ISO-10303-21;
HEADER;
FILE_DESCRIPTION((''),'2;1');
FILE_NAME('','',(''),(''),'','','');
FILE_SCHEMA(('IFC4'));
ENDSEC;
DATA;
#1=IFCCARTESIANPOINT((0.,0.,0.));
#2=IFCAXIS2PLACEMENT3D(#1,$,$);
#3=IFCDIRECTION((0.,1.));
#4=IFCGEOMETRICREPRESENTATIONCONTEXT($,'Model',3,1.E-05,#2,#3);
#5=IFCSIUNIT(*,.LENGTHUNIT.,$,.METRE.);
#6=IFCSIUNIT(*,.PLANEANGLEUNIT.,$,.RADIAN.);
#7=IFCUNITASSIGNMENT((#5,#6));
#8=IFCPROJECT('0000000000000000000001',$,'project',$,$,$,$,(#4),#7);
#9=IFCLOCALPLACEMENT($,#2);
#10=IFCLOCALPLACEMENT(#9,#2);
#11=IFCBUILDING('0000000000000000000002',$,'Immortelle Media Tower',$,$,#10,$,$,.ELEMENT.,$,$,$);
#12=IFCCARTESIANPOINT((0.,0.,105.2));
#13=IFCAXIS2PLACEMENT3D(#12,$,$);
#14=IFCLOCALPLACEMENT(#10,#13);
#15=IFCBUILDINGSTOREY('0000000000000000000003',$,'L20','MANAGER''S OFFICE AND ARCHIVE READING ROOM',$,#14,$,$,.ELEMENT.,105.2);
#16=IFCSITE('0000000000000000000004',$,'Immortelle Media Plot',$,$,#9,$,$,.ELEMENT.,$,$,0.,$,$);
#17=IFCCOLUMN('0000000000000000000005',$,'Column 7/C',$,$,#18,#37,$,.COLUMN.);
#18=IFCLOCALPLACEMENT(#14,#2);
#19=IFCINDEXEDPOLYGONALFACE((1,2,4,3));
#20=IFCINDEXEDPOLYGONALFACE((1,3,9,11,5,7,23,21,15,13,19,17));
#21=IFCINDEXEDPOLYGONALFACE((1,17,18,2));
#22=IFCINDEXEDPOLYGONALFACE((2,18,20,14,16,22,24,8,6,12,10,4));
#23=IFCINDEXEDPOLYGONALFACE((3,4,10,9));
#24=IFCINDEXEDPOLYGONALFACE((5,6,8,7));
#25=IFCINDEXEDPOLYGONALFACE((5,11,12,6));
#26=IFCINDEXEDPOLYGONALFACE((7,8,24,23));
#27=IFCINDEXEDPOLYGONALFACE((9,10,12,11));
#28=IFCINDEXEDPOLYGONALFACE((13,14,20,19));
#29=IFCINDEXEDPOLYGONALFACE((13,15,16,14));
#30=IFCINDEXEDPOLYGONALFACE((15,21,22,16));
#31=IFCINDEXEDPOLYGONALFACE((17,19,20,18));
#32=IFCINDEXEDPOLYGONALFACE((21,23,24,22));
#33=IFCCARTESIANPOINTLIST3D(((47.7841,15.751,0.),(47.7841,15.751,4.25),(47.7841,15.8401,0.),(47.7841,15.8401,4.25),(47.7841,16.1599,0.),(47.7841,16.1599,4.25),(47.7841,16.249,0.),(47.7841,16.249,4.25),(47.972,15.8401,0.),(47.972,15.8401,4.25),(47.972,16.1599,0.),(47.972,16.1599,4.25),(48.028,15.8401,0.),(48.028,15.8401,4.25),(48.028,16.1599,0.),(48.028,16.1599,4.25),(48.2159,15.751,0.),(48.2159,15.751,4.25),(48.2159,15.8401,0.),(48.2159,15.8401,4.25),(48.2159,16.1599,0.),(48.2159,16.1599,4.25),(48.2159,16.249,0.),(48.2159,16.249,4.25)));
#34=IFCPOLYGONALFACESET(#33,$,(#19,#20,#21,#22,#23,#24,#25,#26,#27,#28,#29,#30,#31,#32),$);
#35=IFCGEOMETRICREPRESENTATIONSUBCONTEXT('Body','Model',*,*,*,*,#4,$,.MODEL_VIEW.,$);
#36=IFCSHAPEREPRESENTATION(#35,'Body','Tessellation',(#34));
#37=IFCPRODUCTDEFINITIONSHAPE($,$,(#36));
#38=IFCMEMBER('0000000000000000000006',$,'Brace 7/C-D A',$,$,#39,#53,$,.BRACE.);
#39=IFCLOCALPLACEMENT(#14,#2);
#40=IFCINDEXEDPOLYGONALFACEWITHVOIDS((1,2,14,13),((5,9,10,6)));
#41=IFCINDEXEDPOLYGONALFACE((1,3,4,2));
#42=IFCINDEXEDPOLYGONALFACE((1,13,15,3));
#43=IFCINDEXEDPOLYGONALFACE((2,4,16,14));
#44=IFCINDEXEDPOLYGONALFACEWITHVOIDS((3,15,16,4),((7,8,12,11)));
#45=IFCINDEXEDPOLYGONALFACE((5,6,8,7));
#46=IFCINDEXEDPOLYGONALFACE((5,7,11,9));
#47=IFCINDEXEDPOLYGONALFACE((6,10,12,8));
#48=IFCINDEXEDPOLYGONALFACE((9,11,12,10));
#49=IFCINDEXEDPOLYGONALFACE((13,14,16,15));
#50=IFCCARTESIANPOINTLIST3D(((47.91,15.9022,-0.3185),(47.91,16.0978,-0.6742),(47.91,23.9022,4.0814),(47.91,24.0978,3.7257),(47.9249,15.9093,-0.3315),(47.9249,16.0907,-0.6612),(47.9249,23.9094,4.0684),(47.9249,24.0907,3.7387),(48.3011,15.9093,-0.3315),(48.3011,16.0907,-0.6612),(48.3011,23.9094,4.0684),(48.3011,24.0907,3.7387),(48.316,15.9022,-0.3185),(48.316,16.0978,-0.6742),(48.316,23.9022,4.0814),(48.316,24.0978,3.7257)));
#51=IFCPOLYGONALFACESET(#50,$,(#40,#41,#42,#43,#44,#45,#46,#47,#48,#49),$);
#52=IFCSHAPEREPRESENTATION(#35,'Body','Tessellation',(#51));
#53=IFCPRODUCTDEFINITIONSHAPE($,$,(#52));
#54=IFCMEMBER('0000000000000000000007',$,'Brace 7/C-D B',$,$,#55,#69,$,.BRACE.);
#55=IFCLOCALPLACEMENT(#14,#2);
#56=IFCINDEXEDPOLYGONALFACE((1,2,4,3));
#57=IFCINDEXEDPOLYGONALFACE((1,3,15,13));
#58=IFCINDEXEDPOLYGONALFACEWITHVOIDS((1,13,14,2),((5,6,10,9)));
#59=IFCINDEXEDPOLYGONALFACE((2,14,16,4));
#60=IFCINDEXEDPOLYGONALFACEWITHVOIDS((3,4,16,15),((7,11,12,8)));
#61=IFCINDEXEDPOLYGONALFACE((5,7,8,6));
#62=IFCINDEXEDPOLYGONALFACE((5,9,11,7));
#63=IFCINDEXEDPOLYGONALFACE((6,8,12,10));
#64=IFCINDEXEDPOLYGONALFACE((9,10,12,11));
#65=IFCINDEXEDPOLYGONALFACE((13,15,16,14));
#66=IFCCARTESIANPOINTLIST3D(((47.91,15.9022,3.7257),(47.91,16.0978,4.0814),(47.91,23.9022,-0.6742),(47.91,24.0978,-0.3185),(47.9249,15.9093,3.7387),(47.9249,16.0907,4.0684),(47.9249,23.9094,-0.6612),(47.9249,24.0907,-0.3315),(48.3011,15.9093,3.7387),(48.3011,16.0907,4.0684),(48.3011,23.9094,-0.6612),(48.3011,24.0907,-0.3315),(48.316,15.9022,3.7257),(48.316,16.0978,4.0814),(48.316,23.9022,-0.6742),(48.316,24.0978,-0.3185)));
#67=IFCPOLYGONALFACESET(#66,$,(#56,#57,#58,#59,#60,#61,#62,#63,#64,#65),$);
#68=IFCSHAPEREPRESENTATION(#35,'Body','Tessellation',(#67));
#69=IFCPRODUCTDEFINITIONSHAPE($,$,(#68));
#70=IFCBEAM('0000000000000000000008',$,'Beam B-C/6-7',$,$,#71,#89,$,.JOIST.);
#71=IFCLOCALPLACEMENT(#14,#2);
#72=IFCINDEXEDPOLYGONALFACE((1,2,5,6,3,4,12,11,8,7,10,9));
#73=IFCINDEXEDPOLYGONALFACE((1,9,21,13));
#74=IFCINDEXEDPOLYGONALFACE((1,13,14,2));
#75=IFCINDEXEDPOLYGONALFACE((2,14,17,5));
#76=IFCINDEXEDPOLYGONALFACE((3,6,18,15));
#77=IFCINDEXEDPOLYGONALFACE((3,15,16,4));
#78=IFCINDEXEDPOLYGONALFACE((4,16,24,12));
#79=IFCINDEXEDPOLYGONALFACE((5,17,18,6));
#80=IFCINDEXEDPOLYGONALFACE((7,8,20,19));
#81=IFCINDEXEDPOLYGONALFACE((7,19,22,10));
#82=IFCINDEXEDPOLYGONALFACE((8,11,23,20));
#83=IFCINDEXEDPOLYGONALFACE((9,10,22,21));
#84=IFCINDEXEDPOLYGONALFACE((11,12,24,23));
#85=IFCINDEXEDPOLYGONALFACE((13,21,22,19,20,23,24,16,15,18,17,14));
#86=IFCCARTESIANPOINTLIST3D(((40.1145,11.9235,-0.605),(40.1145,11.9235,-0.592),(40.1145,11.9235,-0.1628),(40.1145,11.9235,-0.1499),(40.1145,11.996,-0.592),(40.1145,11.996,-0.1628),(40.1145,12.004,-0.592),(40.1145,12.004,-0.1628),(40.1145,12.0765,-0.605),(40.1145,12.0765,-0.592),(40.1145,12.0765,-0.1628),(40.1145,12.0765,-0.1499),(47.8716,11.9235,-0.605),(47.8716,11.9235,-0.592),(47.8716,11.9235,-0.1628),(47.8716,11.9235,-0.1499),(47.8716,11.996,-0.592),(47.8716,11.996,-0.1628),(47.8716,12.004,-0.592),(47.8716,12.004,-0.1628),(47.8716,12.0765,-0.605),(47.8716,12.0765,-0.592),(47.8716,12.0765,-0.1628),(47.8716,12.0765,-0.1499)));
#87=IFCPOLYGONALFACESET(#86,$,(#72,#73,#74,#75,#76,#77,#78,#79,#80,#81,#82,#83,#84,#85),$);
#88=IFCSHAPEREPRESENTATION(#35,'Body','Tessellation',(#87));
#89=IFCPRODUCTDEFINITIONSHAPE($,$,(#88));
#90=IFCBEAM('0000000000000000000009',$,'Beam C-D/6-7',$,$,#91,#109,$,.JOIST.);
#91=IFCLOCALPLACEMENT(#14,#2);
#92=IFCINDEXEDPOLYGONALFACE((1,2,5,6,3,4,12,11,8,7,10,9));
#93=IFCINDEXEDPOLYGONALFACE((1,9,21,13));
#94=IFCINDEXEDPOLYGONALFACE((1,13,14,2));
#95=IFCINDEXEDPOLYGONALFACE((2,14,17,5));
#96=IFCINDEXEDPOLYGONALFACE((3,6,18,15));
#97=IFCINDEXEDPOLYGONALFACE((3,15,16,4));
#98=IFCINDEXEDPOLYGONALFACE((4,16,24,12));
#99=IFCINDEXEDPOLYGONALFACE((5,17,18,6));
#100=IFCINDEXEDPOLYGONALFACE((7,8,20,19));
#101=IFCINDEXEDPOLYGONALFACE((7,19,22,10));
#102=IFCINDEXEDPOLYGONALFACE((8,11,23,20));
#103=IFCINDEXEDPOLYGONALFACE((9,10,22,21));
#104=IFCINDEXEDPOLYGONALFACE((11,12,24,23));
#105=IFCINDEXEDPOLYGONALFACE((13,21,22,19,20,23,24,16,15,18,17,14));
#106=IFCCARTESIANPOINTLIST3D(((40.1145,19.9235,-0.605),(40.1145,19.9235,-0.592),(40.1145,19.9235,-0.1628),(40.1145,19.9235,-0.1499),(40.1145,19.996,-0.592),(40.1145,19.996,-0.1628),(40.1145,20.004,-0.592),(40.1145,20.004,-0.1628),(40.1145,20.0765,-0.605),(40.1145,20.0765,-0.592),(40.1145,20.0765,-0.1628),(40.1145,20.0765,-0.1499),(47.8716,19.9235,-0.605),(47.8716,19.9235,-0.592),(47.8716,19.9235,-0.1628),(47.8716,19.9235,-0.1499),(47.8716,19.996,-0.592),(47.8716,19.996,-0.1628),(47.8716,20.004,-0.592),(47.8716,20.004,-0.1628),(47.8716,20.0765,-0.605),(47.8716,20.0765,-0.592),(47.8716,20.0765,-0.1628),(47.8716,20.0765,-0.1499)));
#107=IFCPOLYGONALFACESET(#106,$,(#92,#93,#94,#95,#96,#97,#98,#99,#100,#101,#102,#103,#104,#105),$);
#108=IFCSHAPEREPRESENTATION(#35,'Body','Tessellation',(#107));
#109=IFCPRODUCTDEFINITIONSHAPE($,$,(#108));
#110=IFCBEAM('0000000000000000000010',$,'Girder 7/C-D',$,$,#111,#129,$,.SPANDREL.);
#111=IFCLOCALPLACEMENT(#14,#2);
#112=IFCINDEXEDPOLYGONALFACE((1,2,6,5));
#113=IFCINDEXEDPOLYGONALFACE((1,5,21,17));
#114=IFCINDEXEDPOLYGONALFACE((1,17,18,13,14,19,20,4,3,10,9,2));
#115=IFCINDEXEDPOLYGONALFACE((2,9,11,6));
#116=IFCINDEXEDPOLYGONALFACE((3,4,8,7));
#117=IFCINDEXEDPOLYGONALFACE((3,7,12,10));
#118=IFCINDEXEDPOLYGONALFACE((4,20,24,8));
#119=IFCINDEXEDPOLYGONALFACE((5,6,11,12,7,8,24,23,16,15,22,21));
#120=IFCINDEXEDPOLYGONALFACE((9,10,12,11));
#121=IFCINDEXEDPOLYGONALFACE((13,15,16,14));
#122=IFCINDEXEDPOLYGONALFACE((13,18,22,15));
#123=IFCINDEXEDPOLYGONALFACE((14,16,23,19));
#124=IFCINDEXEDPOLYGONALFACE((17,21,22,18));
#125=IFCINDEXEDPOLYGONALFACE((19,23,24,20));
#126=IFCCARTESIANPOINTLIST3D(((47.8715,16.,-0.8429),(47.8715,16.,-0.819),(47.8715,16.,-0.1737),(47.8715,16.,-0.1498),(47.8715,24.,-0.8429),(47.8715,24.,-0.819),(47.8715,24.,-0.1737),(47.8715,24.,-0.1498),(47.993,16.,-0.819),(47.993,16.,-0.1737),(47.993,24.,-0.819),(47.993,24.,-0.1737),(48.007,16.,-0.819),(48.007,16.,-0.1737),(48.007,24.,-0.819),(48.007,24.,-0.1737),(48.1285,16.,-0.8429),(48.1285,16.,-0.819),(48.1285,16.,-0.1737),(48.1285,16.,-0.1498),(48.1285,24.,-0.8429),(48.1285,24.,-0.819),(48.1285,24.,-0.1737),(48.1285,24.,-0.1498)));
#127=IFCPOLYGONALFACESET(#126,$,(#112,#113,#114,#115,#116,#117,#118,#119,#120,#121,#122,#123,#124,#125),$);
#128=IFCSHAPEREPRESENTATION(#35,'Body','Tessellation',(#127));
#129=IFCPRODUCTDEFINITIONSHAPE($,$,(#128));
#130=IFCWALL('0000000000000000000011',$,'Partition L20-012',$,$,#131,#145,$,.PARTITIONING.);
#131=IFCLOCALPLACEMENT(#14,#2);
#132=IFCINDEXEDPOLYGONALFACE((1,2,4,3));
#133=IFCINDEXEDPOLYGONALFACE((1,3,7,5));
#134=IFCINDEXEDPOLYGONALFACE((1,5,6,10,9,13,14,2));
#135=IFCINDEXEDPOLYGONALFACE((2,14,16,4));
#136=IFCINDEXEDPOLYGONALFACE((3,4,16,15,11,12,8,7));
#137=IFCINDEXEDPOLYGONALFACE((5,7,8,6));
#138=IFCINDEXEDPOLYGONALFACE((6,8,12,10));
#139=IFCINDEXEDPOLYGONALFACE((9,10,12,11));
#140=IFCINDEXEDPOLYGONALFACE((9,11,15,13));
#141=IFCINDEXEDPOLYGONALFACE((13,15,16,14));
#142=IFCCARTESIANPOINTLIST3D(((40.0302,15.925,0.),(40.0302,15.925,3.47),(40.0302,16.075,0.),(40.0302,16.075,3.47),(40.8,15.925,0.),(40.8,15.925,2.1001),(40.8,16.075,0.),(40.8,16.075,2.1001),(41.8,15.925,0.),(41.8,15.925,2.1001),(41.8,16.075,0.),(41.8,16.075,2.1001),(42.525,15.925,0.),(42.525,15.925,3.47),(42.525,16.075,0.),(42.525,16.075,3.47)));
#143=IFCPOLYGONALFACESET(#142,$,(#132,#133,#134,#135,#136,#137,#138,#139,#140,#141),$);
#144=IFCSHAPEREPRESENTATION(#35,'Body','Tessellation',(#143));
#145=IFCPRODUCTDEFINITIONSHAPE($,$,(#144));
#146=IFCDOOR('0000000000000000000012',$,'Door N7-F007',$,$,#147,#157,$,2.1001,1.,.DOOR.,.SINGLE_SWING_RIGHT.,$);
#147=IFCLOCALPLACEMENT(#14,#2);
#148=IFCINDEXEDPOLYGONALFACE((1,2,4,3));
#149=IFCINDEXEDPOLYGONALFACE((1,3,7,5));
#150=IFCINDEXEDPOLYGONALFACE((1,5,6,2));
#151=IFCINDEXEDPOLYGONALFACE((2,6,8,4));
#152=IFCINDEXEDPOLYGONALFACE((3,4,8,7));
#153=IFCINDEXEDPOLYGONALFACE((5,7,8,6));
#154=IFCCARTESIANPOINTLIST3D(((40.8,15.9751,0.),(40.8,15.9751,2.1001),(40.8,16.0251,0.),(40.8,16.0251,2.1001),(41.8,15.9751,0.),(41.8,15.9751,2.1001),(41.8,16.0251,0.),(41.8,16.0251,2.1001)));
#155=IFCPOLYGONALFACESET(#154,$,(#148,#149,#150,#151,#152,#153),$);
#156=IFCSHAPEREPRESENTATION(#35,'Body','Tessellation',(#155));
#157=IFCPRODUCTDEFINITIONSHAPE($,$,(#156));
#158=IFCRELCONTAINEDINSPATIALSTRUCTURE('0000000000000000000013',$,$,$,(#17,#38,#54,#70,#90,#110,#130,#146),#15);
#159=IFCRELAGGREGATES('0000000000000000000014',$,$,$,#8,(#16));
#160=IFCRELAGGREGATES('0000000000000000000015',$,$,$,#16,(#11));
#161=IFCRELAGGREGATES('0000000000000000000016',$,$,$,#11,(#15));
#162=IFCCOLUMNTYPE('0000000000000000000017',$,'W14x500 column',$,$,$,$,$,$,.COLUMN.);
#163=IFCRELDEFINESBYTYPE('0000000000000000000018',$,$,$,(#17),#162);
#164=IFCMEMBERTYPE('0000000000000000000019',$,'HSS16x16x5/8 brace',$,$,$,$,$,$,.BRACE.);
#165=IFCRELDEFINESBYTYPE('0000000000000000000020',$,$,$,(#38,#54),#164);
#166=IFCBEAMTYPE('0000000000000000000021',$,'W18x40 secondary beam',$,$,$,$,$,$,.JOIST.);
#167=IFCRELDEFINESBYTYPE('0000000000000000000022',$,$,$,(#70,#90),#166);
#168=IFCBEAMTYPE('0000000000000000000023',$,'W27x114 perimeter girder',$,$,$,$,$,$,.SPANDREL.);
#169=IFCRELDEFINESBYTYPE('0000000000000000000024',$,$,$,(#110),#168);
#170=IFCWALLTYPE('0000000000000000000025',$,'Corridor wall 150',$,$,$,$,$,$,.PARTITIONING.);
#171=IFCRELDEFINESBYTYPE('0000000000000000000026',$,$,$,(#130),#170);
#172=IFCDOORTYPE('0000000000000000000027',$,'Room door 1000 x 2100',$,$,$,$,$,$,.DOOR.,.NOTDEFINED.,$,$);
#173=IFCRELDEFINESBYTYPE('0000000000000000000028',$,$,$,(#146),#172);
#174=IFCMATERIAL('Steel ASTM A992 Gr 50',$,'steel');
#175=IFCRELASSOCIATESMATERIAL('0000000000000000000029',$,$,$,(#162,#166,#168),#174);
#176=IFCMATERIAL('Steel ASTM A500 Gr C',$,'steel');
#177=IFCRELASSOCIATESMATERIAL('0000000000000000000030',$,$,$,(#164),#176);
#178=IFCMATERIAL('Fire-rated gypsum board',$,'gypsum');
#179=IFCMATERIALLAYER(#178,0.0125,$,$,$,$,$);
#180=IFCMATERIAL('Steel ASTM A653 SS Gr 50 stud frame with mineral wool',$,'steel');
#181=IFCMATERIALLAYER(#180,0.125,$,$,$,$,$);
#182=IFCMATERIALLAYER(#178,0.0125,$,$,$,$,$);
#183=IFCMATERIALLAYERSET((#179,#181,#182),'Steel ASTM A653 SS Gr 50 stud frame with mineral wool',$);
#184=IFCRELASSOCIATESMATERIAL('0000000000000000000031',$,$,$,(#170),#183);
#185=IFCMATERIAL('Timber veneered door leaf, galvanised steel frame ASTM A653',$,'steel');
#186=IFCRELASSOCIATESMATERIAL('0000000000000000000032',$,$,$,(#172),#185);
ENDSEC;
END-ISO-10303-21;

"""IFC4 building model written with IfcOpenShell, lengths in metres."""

from ifc_helpers import new_model, si_unit, direction, frame, frame_2d, origin, origin_2d, place, context, subcontext, project, spatial, rectangle, hollow_rectangle, i_section, extrude, material, layer, layer_set, material_profile, profile_set, type_object, element, fill, save


model = new_model("IFC4")

# Units and contexts
model_context = context("Model", 3, precision=1e-05, world=origin(), true_north=direction((0.0, 1.0)))
body_context = subcontext(model_context, "Body", "Model", "MODEL_VIEW")
ifc_project = project(units=[si_unit("LENGTHUNIT", "METRE"), si_unit("PLANEANGLEUNIT", "RADIAN")], contexts=[model_context])

# Site, building, storey
site_placement = place(None, origin())
site = spatial("IfcSite", under=ifc_project, at=site_placement, Name="Immortelle Media Plot", CompositionType="ELEMENT", RefElevation=0.0)
building_placement = place(site_placement, origin())
building = spatial("IfcBuilding", under=site, at=building_placement, Name="Immortelle Media Tower", CompositionType="ELEMENT")
storey_placement = place(building_placement, frame((0.0, 0.0, 105.2)))
storey = spatial("IfcBuildingStorey", under=building, at=storey_placement, Name="L20", Description="MANAGER'S OFFICE AND ARCHIVE READING ROOM", CompositionType="ELEMENT", Elevation=105.2)

# Column
ifc_material_1 = material(Name="Steel ASTM A992 Gr 50", Category="steel")
ifc_material_profile_1 = material_profile(ifc_material_1, i_section(OverallWidth=0.4319, OverallDepth=0.498, WebThickness=0.0559, FlangeThickness=0.0891, at=origin_2d()), Name="W14x500")
ifc_profile_set_1 = profile_set([ifc_material_profile_1], Name="Steel ASTM A992 Gr 50")
column_type = type_object("IfcColumnType", Name="W14x500 column", PredefinedType="COLUMN", material=ifc_profile_set_1)
column_placement = place(storey_placement, frame((48.0, 16.0, 0.0), z_axis=(0.0, 0.0, 1.0), x_axis=(1.0, 0.0, 0.0)))
element("IfcColumn", 1, at=column_placement, inside=storey, type_object=column_type, Name="Column 7/C", PredefinedType="COLUMN", context=body_context, shape_type="SweptSolid", body=[
    extrude(i_section(OverallWidth=0.4319, OverallDepth=0.498, WebThickness=0.0559, FlangeThickness=0.0891, at=origin_2d()), origin(), (0.0, 0.0, 1.0), 4.25),
])

# Members
ifc_material_2 = material(Name="Steel ASTM A500 Gr C", Category="steel")
ifc_material_profile_2 = material_profile(ifc_material_2, hollow_rectangle(XDim=0.406, YDim=0.406, WallThickness=0.0149, at=origin_2d()), Name="HSS16x16x5/8 brace")
ifc_profile_set_2 = profile_set([ifc_material_profile_2], Name="Steel ASTM A500 Gr C")
member_type = type_object("IfcMemberType", Name="HSS16x16x5/8 brace", PredefinedType="BRACE", material=ifc_profile_set_2)
for number, where, z_axis, x_axis, name in (
    (2, (48.113, 16.0, -0.4963), (0.0, 0.87622, 0.481911), (-1.0, 0.0, 0.0), "Brace 7/C-D A"),
    (3, (48.113, 16.0, 3.9036), (0.0, 0.87622, -0.481911), (-1.0, 0.0, 0.0), "Brace 7/C-D B"),
):
    element("IfcMember", number, at=place(storey_placement, frame(where, z_axis=z_axis, x_axis=x_axis)), inside=storey, type_object=member_type, Name=name, PredefinedType="BRACE", context=body_context, shape_type="SweptSolid", body=[
        extrude(hollow_rectangle(XDim=0.406, YDim=0.406, WallThickness=0.0149, at=origin_2d()), origin(), (0.0, 0.0, 1.0), 9.1301),
    ])

# Beams
ifc_material_profile_3 = material_profile(ifc_material_1, i_section(OverallWidth=0.1531, OverallDepth=0.4551, WebThickness=0.0081, FlangeThickness=0.0129, at=origin_2d()), Name="W18x40")
ifc_profile_set_3 = profile_set([ifc_material_profile_3], Name="Steel ASTM A992 Gr 50")
beam_type_1 = type_object("IfcBeamType", Name="W18x40 secondary beam", PredefinedType="JOIST", material=ifc_profile_set_3)
for number, where, z_axis, x_axis, name in (
    (4, (40.1145, 12.0, -0.3774), (1.0, 0.0, 0.0), (0.0, 1.0, 0.0), "Beam B-C/6-7"),
    (5, (40.1145, 20.0, -0.3774), (1.0, 0.0, 0.0), (0.0, 1.0, 0.0), "Beam C-D/6-7"),
):
    element("IfcBeam", number, at=place(storey_placement, frame(where, z_axis=z_axis, x_axis=x_axis)), inside=storey, type_object=beam_type_1, Name=name, PredefinedType="JOIST", context=body_context, shape_type="SweptSolid", body=[
        extrude(i_section(OverallWidth=0.1531, OverallDepth=0.4551, WebThickness=0.0081, FlangeThickness=0.0129, at=origin_2d()), origin(), (0.0, 0.0, 1.0), 7.7571),
    ])
ifc_material_profile_4 = material_profile(ifc_material_1, i_section(OverallWidth=0.2571, OverallDepth=0.6931, WebThickness=0.0139, FlangeThickness=0.0239, at=origin_2d()), Name="W27x114")
ifc_profile_set_4 = profile_set([ifc_material_profile_4], Name="Steel ASTM A992 Gr 50")
beam_type_2 = type_object("IfcBeamType", Name="W27x114 perimeter girder", PredefinedType="SPANDREL", material=ifc_profile_set_4)
beam_placement = place(storey_placement, frame((48.0, 16.0, -0.4963), z_axis=(0.0, 1.0, 0.0), x_axis=(-1.0, 0.0, 0.0)))
element("IfcBeam", 6, at=beam_placement, inside=storey, type_object=beam_type_2, Name="Girder 7/C-D", PredefinedType="SPANDREL", context=body_context, shape_type="SweptSolid", body=[
    extrude(i_section(OverallWidth=0.2571, OverallDepth=0.6931, WebThickness=0.0139, FlangeThickness=0.0239, at=origin_2d()), origin(), (0.0, 0.0, 1.0), 8.0),
])

# Wall, opening, door
ifc_material_3 = material(Name="Fire-rated gypsum board", Category="gypsum")
ifc_layer_1 = layer(ifc_material_3, 0.0125)
ifc_material_4 = material(Name="Steel ASTM A653 SS Gr 50 stud frame with mineral wool", Category="steel")
ifc_layer_2 = layer(ifc_material_4, 0.125)
ifc_layer_3 = layer(ifc_material_3, 0.0125)
ifc_layer_set_1 = layer_set([ifc_layer_1, ifc_layer_2, ifc_layer_3], Name="Steel ASTM A653 SS Gr 50 stud frame with mineral wool")
wall_type_1 = type_object("IfcWallType", Name="Corridor wall 150", PredefinedType="PARTITIONING", material=ifc_layer_set_1)
wall_1_placement = place(storey_placement, frame((40.03, 16.0, 0.0), z_axis=(0.0, 0.0, 1.0), x_axis=(1.0, 0.0, 0.0)))
wall_1 = element("IfcWall", 7, at=wall_1_placement, inside=storey, type_object=wall_type_1, Name="Partition L20-012", PredefinedType="PARTITIONING", context=body_context, shape_type="SweptSolid", body=[
    extrude(rectangle(XDim=2.4949, YDim=0.1499, at=frame_2d((1.2476, 0.0))), origin(), (0.0, 0.0, 1.0), 3.47),
])
opening_1_placement = place(wall_1_placement, frame((1.77, 0.0, 0.0), z_axis=(0.0, 0.0, 1.0), x_axis=(-1.0, 0.0, 0.0)))
opening_1 = element("IfcOpeningElement", 8, at=opening_1_placement, cuts=wall_1, PredefinedType="OPENING", context=body_context, shape_type="SweptSolid", body=[
    extrude(rectangle(XDim=1.0, YDim=2.1001, at=frame_2d((0.5, 1.05))), frame((0.0, 0.085, 0.0), z_axis=(0.0, -1.0, 0.0), x_axis=(1.0, 0.0, 0.0)), (0.0, 0.0, 1.0), 0.1699),
])
ifc_material_5 = material(Name="Timber veneered door leaf, galvanised steel frame ASTM A653", Category="steel")
door_type = type_object("IfcDoorType", Name="Room door 1000 x 2100", OperationType="NOTDEFINED", PredefinedType="DOOR", material=ifc_material_5)
door_1_placement = place(opening_1_placement, origin())
door_1 = element("IfcDoor", 9, at=door_1_placement, inside=storey, type_object=door_type, Name="Door N7-F007", OperationType="SINGLE_SWING_RIGHT", OverallHeight=2.1001, OverallWidth=1.0, PredefinedType="DOOR", context=body_context, shape_type="SweptSolid", body=[
    extrude(rectangle(XDim=1.0, YDim=2.1001, at=frame_2d((0.5, 1.05))), frame((0.0, 0.0249, 0.0), z_axis=(0.0, -1.0, 0.0), x_axis=(1.0, 0.0, 0.0)), (0.0, 0.0, 1.0), 0.05),
])
fill(opening_1, door_1)

save(model, "model.ifc")
